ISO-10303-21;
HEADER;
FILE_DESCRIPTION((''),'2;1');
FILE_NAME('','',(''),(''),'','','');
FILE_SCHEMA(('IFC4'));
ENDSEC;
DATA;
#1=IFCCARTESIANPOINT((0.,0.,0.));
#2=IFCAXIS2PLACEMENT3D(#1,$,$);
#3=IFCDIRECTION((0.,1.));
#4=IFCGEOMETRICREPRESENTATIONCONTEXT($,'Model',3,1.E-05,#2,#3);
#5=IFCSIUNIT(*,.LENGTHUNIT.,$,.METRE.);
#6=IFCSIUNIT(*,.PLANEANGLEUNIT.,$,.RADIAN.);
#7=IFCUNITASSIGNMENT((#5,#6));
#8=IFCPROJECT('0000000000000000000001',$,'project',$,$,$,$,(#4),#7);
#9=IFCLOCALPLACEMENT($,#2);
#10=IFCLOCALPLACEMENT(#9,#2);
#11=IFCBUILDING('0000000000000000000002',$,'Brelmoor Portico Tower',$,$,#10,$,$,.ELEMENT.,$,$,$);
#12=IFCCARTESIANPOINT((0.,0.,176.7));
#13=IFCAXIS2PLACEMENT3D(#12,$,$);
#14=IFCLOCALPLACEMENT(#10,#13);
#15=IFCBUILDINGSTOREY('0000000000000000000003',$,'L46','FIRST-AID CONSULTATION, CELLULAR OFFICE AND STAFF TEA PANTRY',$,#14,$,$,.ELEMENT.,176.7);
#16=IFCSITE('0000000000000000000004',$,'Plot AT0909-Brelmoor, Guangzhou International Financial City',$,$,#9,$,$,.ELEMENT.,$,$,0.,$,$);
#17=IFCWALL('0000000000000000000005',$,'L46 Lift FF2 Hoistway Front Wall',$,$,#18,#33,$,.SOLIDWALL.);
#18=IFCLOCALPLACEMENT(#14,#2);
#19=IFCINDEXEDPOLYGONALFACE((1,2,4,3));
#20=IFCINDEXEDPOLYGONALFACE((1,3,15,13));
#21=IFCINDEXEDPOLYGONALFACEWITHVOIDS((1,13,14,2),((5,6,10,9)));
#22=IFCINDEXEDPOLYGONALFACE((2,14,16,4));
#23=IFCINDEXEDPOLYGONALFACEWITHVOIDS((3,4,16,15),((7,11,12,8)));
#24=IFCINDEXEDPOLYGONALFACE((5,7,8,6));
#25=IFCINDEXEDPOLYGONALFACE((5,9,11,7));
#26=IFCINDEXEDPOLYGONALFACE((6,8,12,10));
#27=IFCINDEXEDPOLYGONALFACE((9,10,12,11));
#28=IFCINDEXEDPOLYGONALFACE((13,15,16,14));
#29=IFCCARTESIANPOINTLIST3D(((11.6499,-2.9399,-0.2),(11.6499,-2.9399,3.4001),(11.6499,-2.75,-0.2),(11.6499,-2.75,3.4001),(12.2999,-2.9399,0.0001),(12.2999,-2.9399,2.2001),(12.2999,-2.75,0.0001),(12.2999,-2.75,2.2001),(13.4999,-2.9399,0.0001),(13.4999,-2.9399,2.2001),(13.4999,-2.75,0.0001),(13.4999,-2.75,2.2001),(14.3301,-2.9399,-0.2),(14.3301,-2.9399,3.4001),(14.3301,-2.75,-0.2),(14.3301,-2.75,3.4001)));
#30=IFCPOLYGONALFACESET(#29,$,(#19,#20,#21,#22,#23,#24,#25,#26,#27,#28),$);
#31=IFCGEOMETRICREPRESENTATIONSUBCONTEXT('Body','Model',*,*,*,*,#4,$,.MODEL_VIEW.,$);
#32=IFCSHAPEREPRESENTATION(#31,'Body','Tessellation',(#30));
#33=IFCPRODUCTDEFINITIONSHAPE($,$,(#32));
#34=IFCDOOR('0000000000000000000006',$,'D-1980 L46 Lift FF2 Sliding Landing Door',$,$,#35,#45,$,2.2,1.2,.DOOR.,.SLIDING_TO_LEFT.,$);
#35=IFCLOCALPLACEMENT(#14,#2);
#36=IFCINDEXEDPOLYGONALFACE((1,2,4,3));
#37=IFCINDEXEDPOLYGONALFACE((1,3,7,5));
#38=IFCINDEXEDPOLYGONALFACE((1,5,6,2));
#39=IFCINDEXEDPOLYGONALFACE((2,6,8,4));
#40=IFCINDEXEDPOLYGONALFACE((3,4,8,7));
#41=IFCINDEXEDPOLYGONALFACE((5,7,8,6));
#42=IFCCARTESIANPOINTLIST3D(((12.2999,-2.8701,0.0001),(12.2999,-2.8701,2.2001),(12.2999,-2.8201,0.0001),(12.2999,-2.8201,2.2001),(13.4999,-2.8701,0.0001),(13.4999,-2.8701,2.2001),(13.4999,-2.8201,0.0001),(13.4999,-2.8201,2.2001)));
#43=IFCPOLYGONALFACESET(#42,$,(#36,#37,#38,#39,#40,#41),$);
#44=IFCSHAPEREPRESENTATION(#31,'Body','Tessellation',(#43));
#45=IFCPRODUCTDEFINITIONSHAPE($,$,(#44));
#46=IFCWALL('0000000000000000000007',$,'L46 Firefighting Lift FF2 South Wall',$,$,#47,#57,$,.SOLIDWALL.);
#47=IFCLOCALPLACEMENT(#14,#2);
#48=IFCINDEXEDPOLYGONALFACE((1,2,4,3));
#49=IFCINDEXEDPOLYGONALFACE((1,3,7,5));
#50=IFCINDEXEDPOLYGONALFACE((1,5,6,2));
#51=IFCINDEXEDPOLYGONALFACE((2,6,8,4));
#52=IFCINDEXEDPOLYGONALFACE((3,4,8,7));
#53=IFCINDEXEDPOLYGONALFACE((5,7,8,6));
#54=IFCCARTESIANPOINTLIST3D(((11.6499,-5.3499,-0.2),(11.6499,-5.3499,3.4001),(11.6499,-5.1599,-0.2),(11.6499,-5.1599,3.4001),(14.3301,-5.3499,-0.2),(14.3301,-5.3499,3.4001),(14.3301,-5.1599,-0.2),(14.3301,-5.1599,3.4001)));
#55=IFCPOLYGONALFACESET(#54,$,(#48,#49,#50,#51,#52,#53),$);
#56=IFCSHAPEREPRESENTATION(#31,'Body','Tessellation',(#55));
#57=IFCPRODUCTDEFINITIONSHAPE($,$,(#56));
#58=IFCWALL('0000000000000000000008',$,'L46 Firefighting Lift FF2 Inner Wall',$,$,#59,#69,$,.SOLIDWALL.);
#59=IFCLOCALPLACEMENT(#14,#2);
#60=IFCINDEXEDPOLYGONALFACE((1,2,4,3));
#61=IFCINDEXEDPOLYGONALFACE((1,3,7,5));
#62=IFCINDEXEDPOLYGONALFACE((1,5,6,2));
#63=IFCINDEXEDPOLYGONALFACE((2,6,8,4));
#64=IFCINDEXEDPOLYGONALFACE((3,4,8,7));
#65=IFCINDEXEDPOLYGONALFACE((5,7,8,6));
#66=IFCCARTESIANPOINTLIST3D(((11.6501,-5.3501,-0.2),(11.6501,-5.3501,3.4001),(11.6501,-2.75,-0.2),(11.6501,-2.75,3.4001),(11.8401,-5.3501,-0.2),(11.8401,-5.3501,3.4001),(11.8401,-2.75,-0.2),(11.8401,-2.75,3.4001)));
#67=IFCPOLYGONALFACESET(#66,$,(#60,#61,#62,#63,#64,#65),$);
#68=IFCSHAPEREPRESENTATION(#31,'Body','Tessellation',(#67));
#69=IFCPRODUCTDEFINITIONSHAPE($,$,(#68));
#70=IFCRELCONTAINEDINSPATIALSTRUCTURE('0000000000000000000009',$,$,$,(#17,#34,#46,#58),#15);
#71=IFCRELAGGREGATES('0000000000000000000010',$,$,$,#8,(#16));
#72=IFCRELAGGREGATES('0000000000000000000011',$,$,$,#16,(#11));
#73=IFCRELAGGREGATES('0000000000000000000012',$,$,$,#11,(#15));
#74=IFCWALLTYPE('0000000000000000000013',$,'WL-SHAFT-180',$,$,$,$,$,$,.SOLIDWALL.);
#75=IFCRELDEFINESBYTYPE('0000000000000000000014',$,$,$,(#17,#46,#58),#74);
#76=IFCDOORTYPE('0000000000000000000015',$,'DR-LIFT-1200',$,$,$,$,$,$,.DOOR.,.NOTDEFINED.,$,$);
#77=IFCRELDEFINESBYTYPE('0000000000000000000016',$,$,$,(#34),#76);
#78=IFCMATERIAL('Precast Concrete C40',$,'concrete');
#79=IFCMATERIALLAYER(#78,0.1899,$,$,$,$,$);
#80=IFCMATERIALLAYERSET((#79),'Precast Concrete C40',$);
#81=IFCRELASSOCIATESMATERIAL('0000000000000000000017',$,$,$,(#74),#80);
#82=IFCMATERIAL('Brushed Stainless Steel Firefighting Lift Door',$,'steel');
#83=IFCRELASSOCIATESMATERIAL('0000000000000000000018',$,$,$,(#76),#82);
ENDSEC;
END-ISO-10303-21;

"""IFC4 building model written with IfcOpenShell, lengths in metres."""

from ifc_helpers import new_model, si_unit, direction, frame, frame_2d, origin, place, context, subcontext, project, spatial, rectangle, extrude, material, layer, layer_set, type_object, element, fill, save


model = new_model("IFC4")

# Units and contexts
model_context = context("Model", 3, precision=1e-05, world=origin(), true_north=direction((0.0, 1.0)))
body_context = subcontext(model_context, "Body", "Model", "MODEL_VIEW")
ifc_project = project(units=[si_unit("LENGTHUNIT", "METRE"), si_unit("PLANEANGLEUNIT", "RADIAN")], contexts=[model_context])

# Site, building, storey
site_placement = place(None, origin())
site = spatial("IfcSite", under=ifc_project, at=site_placement, Name="Plot AT0909-Brelmoor, Guangzhou International Financial City", CompositionType="ELEMENT", RefElevation=0.0)
building_placement = place(site_placement, origin())
building = spatial("IfcBuilding", under=site, at=building_placement, Name="Brelmoor Portico Tower", CompositionType="ELEMENT")
storey_placement = place(building_placement, frame((0.0, 0.0, 176.7)))
storey = spatial("IfcBuildingStorey", under=building, at=storey_placement, Name="L46", Description="FIRST-AID CONSULTATION, CELLULAR OFFICE AND STAFF TEA PANTRY", CompositionType="ELEMENT", Elevation=176.7)

# Wall, opening, door
ifc_material_1 = material(Name="Precast Concrete C40", Category="concrete")
ifc_layer_1 = layer(ifc_material_1, 0.1899)
ifc_layer_set_1 = layer_set([ifc_layer_1], Name="Precast Concrete C40")
wall_type_1 = type_object("IfcWallType", Name="WL-SHAFT-180", PredefinedType="SOLIDWALL", material=ifc_layer_set_1)
wall_1_placement = place(storey_placement, frame((11.6499, -2.845, -0.2), z_axis=(0.0, 0.0, 1.0), x_axis=(1.0, 0.0, 0.0)))
wall_1 = element("IfcWall", 1, at=wall_1_placement, inside=storey, type_object=wall_type_1, Name="L46 Lift FF2 Hoistway Front Wall", PredefinedType="SOLIDWALL", context=body_context, shape_type="SweptSolid", body=[
    extrude(rectangle(XDim=2.6802, YDim=0.1899, at=frame_2d((1.3401, 0.0))), origin(), (0.0, 0.0, 1.0), 3.6001),
])
opening_1_placement = place(wall_1_placement, frame((0.6499, 0.0, 0.2)))
opening_1 = element("IfcOpeningElement", 2, at=opening_1_placement, cuts=wall_1, PredefinedType="OPENING", context=body_context, shape_type="SweptSolid", body=[
    extrude(rectangle(XDim=1.2, YDim=2.2, at=frame_2d((0.6001, 1.1001))), frame((0.0, 0.105, 0.0), z_axis=(0.0, -1.0, 0.0), x_axis=(1.0, 0.0, 0.0)), (0.0, 0.0, 1.0), 0.21),
])
ifc_material_2 = material(Name="Brushed Stainless Steel Firefighting Lift Door", Category="steel")
door_type_1 = type_object("IfcDoorType", Name="DR-LIFT-1200", OperationType="NOTDEFINED", PredefinedType="DOOR", material=ifc_material_2)
door_1_placement = place(opening_1_placement, origin())
door_1 = element("IfcDoor", 3, at=door_1_placement, inside=storey, type_object=door_type_1, Name="D-1980 L46 Lift FF2 Sliding Landing Door", OperationType="SLIDING_TO_LEFT", OverallHeight=2.2, OverallWidth=1.2, PredefinedType="DOOR", context=body_context, shape_type="SweptSolid", body=[
    extrude(rectangle(XDim=1.2, YDim=2.2, at=frame_2d((0.6001, 1.1001))), frame((0.0, 0.0249, 0.0), z_axis=(0.0, -1.0, 0.0), x_axis=(1.0, 0.0, 0.0)), (0.0, 0.0, 1.0), 0.05),
])
fill(opening_1, door_1)

# Walls
wall_2_placement = place(storey_placement, frame((11.6499, -5.2549, -0.2), z_axis=(0.0, 0.0, 1.0), x_axis=(1.0, 0.0, 0.0)))
element("IfcWall", 4, at=wall_2_placement, inside=storey, type_object=wall_type_1, Name="L46 Firefighting Lift FF2 South Wall", PredefinedType="SOLIDWALL", context=body_context, shape_type="SweptSolid", body=[
    extrude(rectangle(XDim=2.6802, YDim=0.1899, at=frame_2d((1.3401, 0.0))), origin(), (0.0, 0.0, 1.0), 3.6001),
])
wall_3_placement = place(storey_placement, frame((11.7451, -5.3501, -0.2), z_axis=(0.0, 0.0, 1.0), x_axis=(0.0, 1.0, 0.0)))
element("IfcWall", 5, at=wall_3_placement, inside=storey, type_object=wall_type_1, Name="L46 Firefighting Lift FF2 Inner Wall", PredefinedType="SOLIDWALL", context=body_context, shape_type="SweptSolid", body=[
    extrude(rectangle(XDim=2.6001, YDim=0.1899, at=frame_2d((1.3, 0.0))), origin(), (0.0, 0.0, 1.0), 3.6001),
])

save(model, "model.ifc")
